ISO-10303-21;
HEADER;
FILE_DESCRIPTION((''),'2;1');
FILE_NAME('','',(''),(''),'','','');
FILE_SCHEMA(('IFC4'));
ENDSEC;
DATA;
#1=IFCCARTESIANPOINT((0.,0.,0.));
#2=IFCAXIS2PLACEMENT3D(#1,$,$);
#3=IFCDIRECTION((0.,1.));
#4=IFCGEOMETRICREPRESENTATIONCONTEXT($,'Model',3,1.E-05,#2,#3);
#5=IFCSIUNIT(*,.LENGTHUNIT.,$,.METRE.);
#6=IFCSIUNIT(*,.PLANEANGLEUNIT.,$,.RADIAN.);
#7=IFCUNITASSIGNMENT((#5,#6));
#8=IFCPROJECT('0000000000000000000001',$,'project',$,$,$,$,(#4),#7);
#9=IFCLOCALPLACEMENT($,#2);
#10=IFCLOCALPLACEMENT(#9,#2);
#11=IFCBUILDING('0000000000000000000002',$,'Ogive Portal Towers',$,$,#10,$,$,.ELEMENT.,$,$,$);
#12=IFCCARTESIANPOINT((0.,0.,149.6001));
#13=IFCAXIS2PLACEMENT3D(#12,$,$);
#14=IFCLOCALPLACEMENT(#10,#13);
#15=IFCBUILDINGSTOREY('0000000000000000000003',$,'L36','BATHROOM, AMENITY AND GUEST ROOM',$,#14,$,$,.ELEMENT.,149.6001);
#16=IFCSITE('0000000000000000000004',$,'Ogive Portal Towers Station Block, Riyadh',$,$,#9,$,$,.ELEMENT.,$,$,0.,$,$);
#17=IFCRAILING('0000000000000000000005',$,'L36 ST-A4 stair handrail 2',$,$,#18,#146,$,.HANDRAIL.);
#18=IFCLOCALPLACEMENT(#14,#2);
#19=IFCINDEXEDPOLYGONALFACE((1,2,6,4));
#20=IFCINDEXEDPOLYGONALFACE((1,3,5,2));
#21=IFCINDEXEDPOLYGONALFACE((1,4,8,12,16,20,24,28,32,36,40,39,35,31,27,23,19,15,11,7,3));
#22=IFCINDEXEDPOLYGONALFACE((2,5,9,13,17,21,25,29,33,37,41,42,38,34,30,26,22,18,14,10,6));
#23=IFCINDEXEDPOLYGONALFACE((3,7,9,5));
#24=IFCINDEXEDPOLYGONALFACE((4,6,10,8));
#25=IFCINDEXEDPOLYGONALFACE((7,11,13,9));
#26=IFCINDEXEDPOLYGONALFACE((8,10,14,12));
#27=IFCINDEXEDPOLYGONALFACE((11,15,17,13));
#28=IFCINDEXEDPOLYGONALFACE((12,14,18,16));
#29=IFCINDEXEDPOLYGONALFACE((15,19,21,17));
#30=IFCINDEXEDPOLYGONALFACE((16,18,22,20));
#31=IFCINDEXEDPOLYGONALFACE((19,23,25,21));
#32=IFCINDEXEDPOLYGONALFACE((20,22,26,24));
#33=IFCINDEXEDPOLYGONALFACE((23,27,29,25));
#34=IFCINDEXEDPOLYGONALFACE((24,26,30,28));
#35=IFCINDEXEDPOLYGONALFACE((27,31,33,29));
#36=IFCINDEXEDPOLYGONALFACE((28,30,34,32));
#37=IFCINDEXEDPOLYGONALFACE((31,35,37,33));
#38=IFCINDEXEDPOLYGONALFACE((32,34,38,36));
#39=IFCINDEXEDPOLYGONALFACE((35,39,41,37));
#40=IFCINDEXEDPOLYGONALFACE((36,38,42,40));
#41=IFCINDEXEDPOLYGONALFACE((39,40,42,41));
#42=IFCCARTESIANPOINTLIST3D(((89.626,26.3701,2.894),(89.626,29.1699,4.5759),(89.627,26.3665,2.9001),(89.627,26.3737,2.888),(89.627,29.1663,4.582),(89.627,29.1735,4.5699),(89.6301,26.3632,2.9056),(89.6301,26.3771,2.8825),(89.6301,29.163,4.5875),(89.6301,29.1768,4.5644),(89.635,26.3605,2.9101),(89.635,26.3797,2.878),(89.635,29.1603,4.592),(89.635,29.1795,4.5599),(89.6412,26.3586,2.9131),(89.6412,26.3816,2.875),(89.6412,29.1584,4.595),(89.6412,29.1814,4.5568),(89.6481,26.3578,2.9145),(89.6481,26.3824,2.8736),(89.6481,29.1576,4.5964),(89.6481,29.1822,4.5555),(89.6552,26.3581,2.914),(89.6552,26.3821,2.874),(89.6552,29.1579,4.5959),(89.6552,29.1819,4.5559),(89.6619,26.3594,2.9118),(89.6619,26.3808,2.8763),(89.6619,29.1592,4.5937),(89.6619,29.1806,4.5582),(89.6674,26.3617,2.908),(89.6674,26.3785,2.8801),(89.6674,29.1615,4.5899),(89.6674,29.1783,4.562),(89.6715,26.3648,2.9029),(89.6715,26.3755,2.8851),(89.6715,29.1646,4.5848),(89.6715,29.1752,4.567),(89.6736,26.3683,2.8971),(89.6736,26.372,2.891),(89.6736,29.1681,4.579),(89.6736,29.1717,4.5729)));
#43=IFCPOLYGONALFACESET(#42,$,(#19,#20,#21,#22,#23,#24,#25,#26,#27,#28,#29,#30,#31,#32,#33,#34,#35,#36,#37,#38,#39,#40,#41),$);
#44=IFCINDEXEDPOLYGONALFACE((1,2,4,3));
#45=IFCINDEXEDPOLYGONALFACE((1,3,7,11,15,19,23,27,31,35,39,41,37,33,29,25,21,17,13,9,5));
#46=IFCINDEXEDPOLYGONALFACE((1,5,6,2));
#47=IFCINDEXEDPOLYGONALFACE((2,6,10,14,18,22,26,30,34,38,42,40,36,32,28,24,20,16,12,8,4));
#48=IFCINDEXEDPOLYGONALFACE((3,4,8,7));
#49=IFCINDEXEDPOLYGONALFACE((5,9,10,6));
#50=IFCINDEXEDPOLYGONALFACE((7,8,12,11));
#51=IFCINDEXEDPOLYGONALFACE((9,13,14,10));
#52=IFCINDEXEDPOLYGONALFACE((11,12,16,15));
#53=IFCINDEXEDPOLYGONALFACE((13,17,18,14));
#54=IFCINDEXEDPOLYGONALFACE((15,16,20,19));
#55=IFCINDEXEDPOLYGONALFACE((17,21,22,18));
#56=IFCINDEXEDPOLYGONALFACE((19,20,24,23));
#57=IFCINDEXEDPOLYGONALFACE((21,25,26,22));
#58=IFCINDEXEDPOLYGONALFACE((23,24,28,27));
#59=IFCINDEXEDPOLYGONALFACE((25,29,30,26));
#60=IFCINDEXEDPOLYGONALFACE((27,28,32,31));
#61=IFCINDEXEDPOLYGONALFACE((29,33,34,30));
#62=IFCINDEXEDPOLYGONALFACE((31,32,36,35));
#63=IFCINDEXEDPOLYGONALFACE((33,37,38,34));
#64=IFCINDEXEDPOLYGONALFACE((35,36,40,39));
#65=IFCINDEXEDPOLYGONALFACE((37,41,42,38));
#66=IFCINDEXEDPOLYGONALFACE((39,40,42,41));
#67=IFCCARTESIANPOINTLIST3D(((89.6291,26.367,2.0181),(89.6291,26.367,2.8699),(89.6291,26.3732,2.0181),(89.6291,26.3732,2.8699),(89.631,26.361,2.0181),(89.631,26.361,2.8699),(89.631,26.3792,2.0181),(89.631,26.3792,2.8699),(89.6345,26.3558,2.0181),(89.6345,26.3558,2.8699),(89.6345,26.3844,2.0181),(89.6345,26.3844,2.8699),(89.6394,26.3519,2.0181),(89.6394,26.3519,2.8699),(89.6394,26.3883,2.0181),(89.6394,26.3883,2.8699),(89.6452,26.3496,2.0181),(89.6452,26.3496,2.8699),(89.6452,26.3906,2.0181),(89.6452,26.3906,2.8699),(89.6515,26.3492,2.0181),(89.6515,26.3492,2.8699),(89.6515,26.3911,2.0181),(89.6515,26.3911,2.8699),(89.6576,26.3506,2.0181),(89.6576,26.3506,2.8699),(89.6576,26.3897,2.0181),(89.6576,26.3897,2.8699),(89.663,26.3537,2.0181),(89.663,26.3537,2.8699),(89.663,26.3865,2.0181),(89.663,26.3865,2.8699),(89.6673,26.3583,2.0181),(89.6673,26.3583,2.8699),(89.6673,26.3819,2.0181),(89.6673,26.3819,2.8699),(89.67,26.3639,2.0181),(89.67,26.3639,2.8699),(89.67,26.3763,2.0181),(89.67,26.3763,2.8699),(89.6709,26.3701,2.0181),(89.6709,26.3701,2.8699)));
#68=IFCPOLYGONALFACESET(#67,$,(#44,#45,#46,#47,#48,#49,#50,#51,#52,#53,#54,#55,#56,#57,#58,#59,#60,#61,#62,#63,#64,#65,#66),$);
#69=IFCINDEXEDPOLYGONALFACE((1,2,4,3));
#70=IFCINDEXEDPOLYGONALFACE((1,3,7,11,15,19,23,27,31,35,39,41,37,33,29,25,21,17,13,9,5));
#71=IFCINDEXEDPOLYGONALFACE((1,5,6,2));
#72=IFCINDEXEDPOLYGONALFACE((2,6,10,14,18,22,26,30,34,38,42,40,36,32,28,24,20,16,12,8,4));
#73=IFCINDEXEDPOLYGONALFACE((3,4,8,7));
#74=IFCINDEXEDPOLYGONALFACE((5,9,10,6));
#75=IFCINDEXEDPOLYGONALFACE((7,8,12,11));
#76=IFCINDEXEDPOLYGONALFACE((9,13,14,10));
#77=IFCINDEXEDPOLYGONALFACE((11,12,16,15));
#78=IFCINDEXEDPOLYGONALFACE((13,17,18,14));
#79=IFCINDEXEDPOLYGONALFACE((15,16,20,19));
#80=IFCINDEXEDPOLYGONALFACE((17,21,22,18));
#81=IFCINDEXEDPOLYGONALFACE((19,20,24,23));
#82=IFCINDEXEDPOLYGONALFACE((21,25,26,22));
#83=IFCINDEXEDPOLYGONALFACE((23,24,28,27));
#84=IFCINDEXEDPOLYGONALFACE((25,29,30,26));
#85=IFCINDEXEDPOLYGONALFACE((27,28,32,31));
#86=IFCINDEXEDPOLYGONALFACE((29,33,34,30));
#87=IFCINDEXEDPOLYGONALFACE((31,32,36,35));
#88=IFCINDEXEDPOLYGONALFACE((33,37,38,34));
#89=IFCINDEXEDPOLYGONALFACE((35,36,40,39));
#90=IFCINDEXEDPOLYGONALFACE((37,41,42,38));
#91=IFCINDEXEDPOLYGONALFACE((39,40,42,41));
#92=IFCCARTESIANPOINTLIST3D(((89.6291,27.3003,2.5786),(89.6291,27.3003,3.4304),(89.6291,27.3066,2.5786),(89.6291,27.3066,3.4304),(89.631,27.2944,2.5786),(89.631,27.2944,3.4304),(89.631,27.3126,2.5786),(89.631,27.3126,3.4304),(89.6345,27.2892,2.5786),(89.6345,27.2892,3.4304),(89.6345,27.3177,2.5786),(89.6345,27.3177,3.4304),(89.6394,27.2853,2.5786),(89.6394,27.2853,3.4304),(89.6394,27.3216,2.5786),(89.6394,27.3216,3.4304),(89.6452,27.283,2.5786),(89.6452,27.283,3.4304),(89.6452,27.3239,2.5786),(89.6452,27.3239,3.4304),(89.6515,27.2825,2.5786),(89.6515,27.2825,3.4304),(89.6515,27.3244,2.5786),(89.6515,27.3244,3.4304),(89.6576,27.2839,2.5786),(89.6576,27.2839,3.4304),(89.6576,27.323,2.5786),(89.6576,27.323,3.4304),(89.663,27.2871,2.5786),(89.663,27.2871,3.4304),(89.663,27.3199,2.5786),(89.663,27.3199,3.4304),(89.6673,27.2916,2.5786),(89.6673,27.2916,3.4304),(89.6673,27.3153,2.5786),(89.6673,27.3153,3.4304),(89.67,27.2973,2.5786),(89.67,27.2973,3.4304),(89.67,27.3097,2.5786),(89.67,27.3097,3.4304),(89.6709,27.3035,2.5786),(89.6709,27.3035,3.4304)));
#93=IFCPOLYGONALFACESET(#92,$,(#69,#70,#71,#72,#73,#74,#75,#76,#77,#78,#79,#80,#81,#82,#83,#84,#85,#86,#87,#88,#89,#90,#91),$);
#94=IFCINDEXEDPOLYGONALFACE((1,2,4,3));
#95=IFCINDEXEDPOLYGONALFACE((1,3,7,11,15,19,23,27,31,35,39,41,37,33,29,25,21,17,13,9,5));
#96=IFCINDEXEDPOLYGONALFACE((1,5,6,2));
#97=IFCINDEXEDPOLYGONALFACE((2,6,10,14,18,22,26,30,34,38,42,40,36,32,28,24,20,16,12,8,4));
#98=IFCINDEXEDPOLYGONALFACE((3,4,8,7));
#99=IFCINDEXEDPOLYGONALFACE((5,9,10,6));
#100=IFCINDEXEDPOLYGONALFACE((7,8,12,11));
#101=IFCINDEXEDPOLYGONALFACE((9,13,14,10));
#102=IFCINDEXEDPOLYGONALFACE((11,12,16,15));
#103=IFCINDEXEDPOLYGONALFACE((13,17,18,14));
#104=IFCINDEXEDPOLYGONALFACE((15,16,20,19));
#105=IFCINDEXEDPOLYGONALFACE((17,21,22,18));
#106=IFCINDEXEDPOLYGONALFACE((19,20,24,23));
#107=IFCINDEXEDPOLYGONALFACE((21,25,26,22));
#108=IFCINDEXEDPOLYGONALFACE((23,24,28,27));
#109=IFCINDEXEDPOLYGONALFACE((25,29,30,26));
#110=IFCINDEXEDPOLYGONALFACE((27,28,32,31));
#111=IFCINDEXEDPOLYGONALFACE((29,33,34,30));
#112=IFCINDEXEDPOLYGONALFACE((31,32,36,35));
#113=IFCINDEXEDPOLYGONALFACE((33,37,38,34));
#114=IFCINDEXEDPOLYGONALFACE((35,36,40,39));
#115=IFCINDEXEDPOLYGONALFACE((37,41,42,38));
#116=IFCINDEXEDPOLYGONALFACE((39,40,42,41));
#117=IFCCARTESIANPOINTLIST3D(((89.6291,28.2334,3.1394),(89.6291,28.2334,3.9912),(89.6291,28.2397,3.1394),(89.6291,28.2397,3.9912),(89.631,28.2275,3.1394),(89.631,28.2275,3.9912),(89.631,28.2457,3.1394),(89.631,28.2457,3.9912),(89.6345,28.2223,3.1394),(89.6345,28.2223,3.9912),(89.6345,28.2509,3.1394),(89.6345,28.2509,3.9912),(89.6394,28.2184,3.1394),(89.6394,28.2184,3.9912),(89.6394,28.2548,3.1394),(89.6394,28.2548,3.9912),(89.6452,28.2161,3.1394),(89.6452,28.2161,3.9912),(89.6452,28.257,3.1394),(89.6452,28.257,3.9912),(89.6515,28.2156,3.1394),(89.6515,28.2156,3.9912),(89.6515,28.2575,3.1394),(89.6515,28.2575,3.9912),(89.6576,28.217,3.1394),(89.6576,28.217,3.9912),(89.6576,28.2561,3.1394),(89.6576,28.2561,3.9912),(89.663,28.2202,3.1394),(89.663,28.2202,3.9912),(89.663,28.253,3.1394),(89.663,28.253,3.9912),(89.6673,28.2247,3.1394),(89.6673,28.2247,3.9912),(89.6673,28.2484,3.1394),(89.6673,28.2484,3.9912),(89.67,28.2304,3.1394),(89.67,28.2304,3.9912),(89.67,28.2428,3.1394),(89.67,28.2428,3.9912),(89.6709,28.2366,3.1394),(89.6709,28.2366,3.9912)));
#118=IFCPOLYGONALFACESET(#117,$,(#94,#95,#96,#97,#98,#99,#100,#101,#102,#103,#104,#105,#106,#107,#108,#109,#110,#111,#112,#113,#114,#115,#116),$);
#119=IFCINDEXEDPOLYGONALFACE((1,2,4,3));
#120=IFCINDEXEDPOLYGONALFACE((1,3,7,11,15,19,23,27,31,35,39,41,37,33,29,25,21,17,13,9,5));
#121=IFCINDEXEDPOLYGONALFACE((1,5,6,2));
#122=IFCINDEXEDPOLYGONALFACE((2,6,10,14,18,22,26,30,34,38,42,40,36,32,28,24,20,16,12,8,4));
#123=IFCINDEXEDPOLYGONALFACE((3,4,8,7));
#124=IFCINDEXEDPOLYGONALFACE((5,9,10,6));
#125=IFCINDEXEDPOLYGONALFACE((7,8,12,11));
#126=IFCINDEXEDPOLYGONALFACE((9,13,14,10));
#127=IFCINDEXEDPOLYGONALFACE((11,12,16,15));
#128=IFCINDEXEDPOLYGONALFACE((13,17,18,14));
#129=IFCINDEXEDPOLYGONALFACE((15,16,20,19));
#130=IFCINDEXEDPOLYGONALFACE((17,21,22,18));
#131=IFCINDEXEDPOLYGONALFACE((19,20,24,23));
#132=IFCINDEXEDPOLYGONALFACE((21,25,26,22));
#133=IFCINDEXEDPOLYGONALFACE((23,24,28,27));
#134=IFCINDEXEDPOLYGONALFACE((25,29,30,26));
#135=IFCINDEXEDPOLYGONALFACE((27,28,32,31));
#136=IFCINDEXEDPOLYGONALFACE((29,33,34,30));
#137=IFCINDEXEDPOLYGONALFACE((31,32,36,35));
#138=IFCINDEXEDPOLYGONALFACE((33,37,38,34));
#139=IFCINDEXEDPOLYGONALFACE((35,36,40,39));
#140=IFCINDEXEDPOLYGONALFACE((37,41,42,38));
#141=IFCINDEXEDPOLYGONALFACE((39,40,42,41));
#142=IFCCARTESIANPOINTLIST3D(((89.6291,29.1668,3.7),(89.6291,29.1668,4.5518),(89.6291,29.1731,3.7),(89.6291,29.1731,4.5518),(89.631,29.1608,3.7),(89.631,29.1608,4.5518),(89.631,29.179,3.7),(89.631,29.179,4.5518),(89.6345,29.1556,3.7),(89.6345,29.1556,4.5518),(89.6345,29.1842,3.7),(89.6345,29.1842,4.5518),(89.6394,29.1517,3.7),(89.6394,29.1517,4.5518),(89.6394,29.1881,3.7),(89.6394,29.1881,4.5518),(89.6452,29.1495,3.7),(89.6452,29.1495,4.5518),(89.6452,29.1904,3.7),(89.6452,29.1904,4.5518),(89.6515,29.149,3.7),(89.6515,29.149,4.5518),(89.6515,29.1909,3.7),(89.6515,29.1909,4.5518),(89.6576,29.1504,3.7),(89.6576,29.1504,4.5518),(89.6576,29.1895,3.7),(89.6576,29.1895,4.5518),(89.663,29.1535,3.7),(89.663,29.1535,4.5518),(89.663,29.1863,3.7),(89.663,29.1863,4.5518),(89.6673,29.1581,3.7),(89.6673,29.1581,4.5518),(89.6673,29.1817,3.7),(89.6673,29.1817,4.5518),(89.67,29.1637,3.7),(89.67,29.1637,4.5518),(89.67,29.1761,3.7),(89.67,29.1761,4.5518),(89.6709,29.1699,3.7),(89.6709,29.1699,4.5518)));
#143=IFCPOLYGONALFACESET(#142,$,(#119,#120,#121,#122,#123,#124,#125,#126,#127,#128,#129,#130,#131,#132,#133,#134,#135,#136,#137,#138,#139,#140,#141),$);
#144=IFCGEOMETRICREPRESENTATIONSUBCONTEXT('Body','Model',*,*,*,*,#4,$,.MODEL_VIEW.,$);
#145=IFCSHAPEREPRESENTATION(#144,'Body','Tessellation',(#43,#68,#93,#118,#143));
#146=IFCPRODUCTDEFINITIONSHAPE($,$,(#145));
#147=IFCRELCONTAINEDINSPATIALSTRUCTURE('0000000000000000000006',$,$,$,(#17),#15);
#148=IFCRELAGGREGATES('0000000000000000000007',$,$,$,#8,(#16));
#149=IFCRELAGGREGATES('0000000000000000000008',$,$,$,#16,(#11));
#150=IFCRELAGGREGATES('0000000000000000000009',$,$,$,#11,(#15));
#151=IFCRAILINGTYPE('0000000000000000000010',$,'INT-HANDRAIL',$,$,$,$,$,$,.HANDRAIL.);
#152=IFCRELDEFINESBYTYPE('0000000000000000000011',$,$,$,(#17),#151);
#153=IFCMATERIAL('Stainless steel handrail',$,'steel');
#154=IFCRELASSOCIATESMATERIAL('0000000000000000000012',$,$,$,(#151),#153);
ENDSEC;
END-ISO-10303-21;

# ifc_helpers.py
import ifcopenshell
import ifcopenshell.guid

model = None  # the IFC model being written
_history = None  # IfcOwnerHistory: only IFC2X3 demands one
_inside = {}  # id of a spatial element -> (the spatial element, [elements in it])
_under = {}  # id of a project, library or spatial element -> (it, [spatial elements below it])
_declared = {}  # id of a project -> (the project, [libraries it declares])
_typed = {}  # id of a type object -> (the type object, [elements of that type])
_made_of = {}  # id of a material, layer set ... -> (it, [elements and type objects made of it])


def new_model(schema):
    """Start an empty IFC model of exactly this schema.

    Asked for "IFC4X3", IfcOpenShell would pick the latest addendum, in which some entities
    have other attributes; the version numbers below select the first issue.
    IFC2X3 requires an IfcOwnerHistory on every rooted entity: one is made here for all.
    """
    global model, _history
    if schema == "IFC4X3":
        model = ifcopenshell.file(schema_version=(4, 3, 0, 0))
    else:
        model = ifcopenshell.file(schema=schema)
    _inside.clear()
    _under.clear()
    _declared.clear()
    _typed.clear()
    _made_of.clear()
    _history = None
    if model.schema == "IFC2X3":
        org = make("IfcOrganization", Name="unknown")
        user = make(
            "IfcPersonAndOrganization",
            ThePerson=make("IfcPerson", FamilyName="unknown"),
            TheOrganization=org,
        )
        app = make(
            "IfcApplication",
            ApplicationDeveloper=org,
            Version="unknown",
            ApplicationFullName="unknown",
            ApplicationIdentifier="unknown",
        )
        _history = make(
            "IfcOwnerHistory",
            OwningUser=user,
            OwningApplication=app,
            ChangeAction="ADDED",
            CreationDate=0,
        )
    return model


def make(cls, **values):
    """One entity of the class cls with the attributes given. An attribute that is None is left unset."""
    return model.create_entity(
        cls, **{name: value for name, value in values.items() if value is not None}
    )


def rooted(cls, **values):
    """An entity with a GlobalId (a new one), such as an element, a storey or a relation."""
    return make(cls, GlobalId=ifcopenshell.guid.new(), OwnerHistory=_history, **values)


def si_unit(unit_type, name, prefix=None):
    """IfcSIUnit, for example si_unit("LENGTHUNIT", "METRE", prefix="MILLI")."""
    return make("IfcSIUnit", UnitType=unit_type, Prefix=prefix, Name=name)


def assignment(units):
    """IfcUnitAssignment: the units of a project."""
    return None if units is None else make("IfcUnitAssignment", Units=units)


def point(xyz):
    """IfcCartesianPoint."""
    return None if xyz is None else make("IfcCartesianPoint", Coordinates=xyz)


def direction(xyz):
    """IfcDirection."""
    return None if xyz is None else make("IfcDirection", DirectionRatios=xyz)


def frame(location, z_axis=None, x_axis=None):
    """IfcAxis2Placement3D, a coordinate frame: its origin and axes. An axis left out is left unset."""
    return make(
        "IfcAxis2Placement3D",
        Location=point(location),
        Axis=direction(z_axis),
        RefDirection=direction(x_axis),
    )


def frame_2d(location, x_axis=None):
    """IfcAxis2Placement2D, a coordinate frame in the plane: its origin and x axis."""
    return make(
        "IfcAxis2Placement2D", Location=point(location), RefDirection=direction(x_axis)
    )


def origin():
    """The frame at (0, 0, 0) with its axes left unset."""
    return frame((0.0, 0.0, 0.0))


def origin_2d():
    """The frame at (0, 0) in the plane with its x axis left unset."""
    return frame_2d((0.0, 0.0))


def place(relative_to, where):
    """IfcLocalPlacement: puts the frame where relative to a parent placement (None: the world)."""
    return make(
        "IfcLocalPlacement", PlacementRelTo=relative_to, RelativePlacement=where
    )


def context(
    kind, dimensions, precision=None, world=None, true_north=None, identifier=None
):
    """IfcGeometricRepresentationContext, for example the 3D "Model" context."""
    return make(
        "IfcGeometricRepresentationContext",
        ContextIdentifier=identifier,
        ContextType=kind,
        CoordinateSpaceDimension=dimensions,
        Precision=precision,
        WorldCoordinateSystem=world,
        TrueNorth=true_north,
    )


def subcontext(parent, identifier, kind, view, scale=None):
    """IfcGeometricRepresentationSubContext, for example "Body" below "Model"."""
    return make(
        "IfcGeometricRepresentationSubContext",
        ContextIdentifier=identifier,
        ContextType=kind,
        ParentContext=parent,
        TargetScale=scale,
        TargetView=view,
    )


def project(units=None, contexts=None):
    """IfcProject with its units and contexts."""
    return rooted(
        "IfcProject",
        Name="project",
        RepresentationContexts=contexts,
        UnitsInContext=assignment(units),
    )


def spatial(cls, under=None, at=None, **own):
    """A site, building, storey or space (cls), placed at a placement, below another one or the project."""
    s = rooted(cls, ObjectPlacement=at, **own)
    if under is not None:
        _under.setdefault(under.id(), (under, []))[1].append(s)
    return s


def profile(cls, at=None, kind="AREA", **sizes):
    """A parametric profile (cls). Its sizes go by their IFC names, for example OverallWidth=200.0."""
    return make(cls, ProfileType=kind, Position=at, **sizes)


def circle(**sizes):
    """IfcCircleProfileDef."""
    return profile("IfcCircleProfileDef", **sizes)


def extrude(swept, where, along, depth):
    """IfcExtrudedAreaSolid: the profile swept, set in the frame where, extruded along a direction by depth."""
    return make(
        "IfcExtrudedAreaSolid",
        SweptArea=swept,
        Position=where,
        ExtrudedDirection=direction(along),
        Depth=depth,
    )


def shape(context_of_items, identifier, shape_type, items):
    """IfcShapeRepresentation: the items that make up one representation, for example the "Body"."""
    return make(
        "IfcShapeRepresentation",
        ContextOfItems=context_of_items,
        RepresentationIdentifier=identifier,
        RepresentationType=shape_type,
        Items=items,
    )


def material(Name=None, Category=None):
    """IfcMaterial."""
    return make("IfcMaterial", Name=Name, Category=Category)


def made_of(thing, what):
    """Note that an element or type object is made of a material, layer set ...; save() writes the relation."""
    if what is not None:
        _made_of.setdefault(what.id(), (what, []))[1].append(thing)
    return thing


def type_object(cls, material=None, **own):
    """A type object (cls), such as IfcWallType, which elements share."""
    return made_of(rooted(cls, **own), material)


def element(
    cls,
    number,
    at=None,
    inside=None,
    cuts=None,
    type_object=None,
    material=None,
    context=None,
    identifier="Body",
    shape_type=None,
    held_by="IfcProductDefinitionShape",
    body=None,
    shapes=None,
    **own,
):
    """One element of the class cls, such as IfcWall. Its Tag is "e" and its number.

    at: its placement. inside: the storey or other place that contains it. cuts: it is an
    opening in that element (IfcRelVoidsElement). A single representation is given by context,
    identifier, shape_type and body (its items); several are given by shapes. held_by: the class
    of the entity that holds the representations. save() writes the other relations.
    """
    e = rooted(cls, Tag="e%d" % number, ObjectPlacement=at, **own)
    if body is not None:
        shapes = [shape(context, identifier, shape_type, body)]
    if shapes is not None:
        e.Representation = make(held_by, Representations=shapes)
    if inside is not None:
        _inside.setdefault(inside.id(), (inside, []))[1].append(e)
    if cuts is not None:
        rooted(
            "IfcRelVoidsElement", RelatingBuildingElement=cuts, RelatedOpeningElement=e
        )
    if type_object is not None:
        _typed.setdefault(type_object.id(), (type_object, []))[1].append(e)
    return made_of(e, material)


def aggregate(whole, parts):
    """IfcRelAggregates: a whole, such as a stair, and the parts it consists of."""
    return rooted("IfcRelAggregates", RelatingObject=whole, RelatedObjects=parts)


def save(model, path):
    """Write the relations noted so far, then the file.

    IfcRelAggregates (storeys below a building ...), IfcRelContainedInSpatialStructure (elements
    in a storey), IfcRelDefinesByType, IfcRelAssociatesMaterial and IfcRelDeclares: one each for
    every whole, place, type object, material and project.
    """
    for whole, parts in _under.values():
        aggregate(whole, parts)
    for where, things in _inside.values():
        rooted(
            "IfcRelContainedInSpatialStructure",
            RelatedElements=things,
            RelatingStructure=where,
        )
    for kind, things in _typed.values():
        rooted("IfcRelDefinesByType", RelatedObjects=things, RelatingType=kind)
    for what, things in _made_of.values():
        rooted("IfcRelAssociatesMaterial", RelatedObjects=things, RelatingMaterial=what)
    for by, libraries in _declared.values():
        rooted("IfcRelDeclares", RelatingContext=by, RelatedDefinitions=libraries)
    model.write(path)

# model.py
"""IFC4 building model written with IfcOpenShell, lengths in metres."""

from ifc_helpers import new_model, si_unit, direction, frame, origin, origin_2d, place, context, subcontext, project, spatial, circle, extrude, material, type_object, element, save


model = new_model("IFC4")

# Units and contexts
model_context = context("Model", 3, precision=1e-05, world=origin(), true_north=direction((0.0, 1.0)))
body_context = subcontext(model_context, "Body", "Model", "MODEL_VIEW")
ifc_project = project(units=[si_unit("LENGTHUNIT", "METRE"), si_unit("PLANEANGLEUNIT", "RADIAN")], contexts=[model_context])

# Site, building, storey
site_placement = place(None, origin())
site = spatial("IfcSite", under=ifc_project, at=site_placement, Name="Ogive Portal Towers Station Block, Riyadh", CompositionType="ELEMENT", RefElevation=0.0)
building_placement = place(site_placement, origin())
building = spatial("IfcBuilding", under=site, at=building_placement, Name="Ogive Portal Towers", CompositionType="ELEMENT")
storey_placement = place(building_placement, frame((0.0, 0.0, 149.6001)))
storey = spatial("IfcBuildingStorey", under=building, at=storey_placement, Name="L36", Description="BATHROOM, AMENITY AND GUEST ROOM", CompositionType="ELEMENT", Elevation=149.6001)

# Railing
ifc_material_1 = material(Name="Stainless steel handrail", Category="steel")
railing_type_1 = type_object("IfcRailingType", Name="INT-HANDRAIL", PredefinedType="HANDRAIL", material=ifc_material_1)
railing_1_placement = place(storey_placement, frame((89.6499, 26.3701, 2.0181)))
element("IfcRailing", 1, at=railing_1_placement, inside=storey, type_object=railing_type_1, Name="L36 ST-A4 stair handrail 2", PredefinedType="HANDRAIL", context=body_context, shape_type="SweptSolid", body=[
    extrude(circle(Radius=0.0239, at=origin_2d()), frame((0.0, 0.0, 0.876), z_axis=(0.0, 0.857222, 0.514946), x_axis=(-1.0, 0.0, 0.0)), (0.0, 0.0, 1.0), 3.2661),
    extrude(circle(Radius=0.021, at=origin_2d()), origin(), (0.0, 0.0, 1.0), 0.8518),
    extrude(circle(Radius=0.021, at=origin_2d()), frame((0.0, 0.9333, 0.5605)), (0.0, 0.0, 1.0), 0.8518),
    extrude(circle(Radius=0.021, at=origin_2d()), frame((0.0, 1.8665, 1.1213)), (0.0, 0.0, 1.0), 0.8518),
    extrude(circle(Radius=0.021, at=origin_2d()), frame((0.0, 2.7998, 1.6819)), (0.0, 0.0, 1.0), 0.8518),
])

save(model, "model.ifc")
